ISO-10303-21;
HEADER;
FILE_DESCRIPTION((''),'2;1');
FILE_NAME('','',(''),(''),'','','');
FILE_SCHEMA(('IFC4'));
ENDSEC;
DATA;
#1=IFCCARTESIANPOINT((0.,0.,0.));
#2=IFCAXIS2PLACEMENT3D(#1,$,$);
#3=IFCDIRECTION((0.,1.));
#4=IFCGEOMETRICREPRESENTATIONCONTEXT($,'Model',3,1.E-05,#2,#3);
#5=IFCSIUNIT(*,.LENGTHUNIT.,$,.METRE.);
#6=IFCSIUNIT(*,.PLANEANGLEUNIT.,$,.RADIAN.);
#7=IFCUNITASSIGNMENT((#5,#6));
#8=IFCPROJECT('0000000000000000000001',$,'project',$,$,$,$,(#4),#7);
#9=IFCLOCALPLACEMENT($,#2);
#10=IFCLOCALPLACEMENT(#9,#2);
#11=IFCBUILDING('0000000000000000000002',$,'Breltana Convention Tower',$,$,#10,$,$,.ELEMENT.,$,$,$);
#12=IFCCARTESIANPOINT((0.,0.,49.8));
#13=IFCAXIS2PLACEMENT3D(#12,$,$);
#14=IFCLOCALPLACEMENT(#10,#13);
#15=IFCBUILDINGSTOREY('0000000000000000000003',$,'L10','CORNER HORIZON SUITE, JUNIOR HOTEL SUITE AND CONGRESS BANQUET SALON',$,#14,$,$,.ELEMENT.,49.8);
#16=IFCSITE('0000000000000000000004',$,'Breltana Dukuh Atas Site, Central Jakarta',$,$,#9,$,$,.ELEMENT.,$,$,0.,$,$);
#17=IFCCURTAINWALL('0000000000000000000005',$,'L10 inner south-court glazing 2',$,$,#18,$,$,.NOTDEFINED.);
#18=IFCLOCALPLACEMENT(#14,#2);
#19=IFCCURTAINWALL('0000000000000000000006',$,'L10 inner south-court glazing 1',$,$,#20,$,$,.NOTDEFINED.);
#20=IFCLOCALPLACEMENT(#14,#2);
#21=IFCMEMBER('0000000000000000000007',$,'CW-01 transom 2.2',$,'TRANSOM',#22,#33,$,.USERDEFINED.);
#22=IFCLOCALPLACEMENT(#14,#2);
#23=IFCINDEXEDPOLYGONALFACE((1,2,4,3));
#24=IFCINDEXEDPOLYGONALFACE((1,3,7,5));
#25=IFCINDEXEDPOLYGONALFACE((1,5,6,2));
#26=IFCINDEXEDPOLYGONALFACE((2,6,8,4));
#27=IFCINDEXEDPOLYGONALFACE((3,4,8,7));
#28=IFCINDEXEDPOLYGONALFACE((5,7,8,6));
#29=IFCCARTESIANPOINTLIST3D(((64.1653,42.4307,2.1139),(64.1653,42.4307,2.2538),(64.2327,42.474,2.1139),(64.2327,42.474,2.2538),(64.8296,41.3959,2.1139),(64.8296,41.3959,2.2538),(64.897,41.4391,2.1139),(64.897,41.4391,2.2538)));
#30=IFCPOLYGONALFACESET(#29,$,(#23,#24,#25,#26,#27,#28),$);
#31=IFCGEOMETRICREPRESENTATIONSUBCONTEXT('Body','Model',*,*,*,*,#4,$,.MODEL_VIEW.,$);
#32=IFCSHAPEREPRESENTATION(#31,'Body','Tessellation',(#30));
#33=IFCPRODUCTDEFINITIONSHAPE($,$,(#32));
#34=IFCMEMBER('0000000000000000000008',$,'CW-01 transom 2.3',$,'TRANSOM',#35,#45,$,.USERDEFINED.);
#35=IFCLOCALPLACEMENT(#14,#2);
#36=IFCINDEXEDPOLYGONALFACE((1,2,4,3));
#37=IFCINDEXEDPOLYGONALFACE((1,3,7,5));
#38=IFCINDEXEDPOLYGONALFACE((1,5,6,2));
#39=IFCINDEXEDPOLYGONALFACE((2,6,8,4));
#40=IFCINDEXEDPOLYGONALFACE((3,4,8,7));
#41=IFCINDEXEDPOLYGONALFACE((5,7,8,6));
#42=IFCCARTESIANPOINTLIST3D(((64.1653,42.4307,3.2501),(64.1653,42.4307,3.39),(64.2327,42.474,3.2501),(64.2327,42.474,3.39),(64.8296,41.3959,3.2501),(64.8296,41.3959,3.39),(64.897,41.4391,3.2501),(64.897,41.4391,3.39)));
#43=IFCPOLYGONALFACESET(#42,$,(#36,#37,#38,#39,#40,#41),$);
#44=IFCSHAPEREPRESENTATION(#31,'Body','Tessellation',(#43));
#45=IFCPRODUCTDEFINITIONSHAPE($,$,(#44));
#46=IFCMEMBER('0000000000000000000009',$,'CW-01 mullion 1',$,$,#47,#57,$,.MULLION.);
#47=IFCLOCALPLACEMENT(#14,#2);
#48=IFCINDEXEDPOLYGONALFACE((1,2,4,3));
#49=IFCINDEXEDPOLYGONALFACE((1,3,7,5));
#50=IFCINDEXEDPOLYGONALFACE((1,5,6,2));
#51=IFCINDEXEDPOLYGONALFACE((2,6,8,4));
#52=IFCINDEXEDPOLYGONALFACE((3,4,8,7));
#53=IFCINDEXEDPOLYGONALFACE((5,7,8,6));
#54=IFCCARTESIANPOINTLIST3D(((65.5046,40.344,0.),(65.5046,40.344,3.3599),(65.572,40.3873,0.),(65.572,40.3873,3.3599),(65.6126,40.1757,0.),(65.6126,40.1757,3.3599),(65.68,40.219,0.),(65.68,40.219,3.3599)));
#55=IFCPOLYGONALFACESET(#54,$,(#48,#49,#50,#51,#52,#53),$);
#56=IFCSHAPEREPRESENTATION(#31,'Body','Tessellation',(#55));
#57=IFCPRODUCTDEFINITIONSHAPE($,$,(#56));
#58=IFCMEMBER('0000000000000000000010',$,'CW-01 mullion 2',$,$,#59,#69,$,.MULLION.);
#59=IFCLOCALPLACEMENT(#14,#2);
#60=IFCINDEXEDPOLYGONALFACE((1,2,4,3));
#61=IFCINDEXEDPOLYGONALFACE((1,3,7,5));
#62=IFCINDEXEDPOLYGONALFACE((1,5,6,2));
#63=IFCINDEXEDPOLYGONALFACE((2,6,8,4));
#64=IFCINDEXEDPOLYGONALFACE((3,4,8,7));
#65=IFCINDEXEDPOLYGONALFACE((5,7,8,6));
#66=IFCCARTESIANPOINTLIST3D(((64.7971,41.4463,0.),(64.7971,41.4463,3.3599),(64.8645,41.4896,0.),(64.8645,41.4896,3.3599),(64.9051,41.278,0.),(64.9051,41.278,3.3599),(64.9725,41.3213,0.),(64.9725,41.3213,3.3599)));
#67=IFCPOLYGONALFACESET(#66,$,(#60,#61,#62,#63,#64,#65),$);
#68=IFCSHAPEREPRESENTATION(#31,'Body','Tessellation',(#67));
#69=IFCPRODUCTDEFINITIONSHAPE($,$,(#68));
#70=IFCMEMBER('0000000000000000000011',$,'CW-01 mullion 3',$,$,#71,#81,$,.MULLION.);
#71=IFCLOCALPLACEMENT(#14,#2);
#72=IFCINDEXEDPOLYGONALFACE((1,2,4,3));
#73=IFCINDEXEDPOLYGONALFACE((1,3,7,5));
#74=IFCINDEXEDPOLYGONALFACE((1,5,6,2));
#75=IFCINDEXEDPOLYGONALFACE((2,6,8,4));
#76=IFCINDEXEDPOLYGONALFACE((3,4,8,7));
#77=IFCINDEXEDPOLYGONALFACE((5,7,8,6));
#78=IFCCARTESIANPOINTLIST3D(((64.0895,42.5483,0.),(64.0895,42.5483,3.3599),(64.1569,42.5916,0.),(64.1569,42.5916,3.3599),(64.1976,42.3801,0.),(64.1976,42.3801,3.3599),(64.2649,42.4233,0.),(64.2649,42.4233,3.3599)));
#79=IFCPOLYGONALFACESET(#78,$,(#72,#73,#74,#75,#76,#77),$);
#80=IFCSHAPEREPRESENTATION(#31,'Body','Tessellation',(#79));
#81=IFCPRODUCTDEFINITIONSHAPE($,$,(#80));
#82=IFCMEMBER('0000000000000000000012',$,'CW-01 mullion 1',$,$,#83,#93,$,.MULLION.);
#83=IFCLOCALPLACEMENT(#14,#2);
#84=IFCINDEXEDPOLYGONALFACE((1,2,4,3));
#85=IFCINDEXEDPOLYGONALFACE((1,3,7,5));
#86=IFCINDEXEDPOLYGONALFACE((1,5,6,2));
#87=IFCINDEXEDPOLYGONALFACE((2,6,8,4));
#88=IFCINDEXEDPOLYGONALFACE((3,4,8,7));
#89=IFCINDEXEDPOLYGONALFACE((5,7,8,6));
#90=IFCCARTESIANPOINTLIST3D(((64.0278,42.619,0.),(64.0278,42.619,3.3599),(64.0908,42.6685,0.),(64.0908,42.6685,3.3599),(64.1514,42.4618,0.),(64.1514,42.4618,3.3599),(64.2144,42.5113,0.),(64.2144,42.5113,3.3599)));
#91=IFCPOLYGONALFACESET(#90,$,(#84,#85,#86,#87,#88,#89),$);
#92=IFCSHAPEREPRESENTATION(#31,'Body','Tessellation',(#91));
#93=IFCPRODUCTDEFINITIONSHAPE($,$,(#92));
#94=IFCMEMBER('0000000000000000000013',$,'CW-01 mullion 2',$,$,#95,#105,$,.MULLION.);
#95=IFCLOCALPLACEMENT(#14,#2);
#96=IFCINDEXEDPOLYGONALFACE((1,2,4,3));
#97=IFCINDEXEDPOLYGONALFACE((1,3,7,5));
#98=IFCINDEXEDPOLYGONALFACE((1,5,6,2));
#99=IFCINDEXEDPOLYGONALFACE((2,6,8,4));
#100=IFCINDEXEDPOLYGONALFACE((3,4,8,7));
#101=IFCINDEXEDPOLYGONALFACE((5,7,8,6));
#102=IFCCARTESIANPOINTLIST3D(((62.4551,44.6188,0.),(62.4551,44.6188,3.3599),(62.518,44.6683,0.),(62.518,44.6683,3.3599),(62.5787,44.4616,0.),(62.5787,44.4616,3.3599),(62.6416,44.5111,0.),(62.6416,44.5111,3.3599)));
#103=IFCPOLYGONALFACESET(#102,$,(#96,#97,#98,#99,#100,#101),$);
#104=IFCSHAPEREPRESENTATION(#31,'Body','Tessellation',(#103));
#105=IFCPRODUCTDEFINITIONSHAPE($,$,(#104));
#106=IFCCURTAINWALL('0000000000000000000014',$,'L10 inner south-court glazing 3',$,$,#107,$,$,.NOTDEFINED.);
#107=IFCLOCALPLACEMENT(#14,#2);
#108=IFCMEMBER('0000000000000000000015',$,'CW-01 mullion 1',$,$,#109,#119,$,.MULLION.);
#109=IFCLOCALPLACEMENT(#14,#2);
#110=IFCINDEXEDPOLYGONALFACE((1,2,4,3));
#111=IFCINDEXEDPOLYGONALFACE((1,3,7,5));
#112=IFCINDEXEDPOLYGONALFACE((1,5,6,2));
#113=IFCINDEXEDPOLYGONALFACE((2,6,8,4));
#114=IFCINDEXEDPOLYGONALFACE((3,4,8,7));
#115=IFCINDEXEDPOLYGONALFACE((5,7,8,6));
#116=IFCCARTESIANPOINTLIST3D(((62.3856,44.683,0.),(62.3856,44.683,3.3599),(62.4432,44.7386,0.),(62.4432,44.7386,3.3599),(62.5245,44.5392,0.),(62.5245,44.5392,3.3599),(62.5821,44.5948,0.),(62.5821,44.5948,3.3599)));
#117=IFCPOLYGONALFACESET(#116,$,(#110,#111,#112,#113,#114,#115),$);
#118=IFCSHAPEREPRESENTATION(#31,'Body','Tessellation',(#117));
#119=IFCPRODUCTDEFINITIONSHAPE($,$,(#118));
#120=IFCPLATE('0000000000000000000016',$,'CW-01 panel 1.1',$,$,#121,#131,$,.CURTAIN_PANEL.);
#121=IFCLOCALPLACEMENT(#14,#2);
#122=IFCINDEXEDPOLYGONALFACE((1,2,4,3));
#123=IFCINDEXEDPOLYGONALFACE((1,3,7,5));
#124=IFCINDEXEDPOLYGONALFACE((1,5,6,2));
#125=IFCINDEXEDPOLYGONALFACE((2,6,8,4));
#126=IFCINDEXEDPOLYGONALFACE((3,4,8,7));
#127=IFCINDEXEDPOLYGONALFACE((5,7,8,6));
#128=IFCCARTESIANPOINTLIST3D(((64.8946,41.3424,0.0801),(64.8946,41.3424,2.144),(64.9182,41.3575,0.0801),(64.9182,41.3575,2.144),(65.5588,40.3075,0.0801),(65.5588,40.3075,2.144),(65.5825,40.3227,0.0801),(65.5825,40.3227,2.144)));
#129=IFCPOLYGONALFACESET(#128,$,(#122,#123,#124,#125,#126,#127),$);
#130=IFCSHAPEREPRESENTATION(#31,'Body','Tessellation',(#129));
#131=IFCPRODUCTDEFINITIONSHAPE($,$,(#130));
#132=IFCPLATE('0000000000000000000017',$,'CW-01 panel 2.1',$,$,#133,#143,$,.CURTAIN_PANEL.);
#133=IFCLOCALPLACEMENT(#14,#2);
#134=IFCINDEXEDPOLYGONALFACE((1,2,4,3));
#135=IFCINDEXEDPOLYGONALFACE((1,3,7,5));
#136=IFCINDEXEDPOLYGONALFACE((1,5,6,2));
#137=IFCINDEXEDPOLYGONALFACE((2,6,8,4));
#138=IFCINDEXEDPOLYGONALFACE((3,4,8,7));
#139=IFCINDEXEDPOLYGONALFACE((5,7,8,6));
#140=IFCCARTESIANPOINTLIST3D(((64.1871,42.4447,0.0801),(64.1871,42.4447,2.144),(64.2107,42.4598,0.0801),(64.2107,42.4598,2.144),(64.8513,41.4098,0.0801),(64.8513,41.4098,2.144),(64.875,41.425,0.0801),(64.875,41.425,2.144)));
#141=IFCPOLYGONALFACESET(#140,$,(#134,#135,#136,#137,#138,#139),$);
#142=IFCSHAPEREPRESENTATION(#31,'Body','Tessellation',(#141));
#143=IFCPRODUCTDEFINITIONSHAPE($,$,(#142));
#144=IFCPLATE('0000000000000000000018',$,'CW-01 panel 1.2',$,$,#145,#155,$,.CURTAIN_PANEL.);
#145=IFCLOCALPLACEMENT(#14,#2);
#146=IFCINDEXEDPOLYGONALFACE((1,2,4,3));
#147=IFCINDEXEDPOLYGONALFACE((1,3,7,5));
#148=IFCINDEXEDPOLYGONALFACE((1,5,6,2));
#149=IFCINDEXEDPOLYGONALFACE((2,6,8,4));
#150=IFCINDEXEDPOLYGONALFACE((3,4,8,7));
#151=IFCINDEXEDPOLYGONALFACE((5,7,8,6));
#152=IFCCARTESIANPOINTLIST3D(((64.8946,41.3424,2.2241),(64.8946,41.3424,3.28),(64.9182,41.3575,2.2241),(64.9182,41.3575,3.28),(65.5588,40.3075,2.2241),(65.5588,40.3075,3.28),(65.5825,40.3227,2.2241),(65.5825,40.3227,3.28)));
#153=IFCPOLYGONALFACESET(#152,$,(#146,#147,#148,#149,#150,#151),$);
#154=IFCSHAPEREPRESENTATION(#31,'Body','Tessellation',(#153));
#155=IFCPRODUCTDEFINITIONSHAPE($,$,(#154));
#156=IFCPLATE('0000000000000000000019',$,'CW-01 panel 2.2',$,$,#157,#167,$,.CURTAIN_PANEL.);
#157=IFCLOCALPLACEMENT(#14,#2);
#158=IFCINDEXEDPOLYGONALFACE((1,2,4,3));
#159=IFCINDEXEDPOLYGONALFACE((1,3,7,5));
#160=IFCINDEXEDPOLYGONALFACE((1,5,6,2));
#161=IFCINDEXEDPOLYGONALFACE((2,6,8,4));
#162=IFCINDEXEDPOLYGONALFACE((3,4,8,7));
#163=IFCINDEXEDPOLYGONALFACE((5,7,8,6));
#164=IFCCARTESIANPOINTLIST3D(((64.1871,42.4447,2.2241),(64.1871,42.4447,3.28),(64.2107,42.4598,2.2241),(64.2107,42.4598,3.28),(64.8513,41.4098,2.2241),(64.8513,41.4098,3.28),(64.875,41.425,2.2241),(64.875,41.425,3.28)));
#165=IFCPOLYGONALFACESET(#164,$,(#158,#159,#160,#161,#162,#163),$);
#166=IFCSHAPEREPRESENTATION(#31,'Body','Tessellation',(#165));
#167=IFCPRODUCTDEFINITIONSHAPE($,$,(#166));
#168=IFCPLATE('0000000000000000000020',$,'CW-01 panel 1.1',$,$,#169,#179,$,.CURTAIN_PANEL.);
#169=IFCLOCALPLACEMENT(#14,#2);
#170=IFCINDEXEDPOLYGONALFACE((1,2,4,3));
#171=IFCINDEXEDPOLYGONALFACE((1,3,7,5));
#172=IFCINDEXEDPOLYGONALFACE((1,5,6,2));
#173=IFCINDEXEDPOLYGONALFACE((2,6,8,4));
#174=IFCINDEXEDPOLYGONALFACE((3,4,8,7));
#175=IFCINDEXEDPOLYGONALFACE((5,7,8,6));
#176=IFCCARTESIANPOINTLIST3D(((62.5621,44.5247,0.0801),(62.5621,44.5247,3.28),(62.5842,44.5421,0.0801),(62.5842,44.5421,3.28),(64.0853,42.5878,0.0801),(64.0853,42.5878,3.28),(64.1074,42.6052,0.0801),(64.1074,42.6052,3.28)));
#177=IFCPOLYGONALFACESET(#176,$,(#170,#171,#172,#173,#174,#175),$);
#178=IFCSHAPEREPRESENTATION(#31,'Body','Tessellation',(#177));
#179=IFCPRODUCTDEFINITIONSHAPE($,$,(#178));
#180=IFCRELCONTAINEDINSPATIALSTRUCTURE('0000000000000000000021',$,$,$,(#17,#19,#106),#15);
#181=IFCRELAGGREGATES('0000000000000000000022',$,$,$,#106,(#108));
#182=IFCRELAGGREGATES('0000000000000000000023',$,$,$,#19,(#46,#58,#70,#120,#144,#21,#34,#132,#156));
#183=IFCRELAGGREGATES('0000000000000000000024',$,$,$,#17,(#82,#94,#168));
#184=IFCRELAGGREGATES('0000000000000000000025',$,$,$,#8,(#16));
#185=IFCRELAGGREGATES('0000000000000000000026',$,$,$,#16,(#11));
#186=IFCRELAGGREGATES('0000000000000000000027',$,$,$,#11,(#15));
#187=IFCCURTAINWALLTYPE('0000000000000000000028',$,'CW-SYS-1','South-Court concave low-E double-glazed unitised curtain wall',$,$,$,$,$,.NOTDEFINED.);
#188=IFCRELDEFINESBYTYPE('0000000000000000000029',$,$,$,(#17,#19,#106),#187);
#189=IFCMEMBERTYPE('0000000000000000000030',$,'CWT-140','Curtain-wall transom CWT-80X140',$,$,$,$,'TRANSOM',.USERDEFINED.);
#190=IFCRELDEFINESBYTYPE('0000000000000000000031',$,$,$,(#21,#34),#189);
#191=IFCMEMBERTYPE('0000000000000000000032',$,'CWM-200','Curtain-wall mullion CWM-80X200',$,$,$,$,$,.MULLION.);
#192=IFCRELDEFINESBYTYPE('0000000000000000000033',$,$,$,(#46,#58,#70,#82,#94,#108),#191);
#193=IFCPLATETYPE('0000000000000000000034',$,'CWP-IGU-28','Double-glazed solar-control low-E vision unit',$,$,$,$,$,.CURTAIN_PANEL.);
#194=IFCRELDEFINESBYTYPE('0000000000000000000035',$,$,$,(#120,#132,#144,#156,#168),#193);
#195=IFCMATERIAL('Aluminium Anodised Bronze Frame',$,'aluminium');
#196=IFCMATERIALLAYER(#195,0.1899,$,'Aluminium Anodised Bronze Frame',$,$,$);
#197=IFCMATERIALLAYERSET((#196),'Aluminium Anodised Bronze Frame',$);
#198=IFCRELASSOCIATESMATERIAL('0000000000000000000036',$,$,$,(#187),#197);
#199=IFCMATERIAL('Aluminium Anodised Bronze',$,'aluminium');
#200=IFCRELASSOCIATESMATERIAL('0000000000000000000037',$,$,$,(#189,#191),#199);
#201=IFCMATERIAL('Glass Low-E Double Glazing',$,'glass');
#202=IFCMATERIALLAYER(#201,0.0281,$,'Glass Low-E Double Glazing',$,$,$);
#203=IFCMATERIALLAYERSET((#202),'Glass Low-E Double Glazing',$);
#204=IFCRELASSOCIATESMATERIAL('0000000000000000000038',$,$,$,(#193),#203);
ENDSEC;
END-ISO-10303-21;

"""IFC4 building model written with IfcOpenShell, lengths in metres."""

from ifc_helpers import new_model, si_unit, direction, frame, origin, origin_2d, place, context, subcontext, project, spatial, rectangle, extrude, source, transform, mapped, material, layer, layer_set, material_profile, profile_set, type_object, element, aggregate, save


model = new_model("IFC4")

# Units and contexts
model_context = context("Model", 3, precision=1e-05, world=origin(), true_north=direction((0.0, 1.0)))
body_context = subcontext(model_context, "Body", "Model", "MODEL_VIEW")
ifc_project = project(units=[si_unit("LENGTHUNIT", "METRE"), si_unit("PLANEANGLEUNIT", "RADIAN")], contexts=[model_context])

# Site, building, storey
site_placement = place(None, origin())
site = spatial("IfcSite", under=ifc_project, at=site_placement, Name="Breltana Dukuh Atas Site, Central Jakarta", CompositionType="ELEMENT", RefElevation=0.0)
building_placement = place(site_placement, origin())
building = spatial("IfcBuilding", under=site, at=building_placement, Name="Breltana Convention Tower", CompositionType="ELEMENT")
storey_placement = place(building_placement, frame((0.0, 0.0, 49.8)))
storey = spatial("IfcBuildingStorey", under=building, at=storey_placement, Name="L10", Description="CORNER HORIZON SUITE, JUNIOR HOTEL SUITE AND CONGRESS BANQUET SALON", CompositionType="ELEMENT", Elevation=49.8)

# Curtain walls, members
ifc_material_1 = material(Name="Aluminium Anodised Bronze Frame", Category="aluminium")
ifc_layer_1 = layer(ifc_material_1, 0.1899, Name="Aluminium Anodised Bronze Frame")
ifc_layer_set_1 = layer_set([ifc_layer_1], Name="Aluminium Anodised Bronze Frame")
curtain_wall_type = type_object("IfcCurtainWallType", Name="CW-SYS-1", Description="South-Court concave low-E double-glazed unitised curtain wall", PredefinedType="NOTDEFINED", material=ifc_layer_set_1)
curtain_wall_1_placement = place(storey_placement, origin())
curtain_wall_1 = element("IfcCurtainWall", 1, at=curtain_wall_1_placement, inside=storey, type_object=curtain_wall_type, Name="L10 inner south-court glazing 2", PredefinedType="NOTDEFINED")
ifc_material_2 = material(Name="Aluminium Anodised Bronze", Category="aluminium")
ifc_material_profile_1 = material_profile(ifc_material_2, rectangle(XDim=0.0801, YDim=0.1399, at=origin_2d()), Name="CWT-80X140")
ifc_profile_set_1 = profile_set([ifc_material_profile_1], Name="Aluminium Anodised Bronze")
member_type_1 = type_object("IfcMemberType", Name="CWT-140", Description="Curtain-wall transom CWT-80X140", ElementType="TRANSOM", PredefinedType="USERDEFINED", material=ifc_profile_set_1)
curtain_wall_2_placement = place(storey_placement, origin())
curtain_wall_2 = element("IfcCurtainWall", 2, at=curtain_wall_2_placement, inside=storey, type_object=curtain_wall_type, Name="L10 inner south-court glazing 1", PredefinedType="NOTDEFINED")
shared_shape_1 = source(origin(), body_context, "Body", "SweptSolid", [
    extrude(rectangle(XDim=0.0801, YDim=0.1399, at=origin_2d()), origin(), (0.0, 0.0, 1.0), 1.2297),
])
member_1_placement = place(storey_placement, frame((64.8633, 41.4175, 2.1838), z_axis=(-0.540186, 0.841546, 0.0), x_axis=(-0.841546, -0.540186, 0.0)))
member_1 = element("IfcMember", 3, at=member_1_placement, type_object=member_type_1, Name="CW-01 transom 2.2", ObjectType="TRANSOM", PredefinedType="USERDEFINED", context=body_context, shape_type="MappedRepresentation", body=[
    mapped(shared_shape_1, transform((0.0, 0.0, 0.0), scale=1.0)),
])
member_2_placement = place(storey_placement, frame((64.8633, 41.4175, 3.3201), z_axis=(-0.540186, 0.841546, 0.0), x_axis=(-0.841546, -0.540186, 0.0)))
member_2 = element("IfcMember", 4, at=member_2_placement, type_object=member_type_1, Name="CW-01 transom 2.3", ObjectType="TRANSOM", PredefinedType="USERDEFINED", context=body_context, shape_type="MappedRepresentation", body=[
    mapped(shared_shape_1, transform((0.0, 0.0, 0.0), scale=1.0)),
])
ifc_material_profile_2 = material_profile(ifc_material_2, rectangle(XDim=0.0801, YDim=0.2, at=origin_2d()), Name="CWM-80X200")
ifc_profile_set_2 = profile_set([ifc_material_profile_2], Name="Aluminium Anodised Bronze")
member_type_2 = type_object("IfcMemberType", Name="CWM-200", Description="Curtain-wall mullion CWM-80X200", PredefinedType="MULLION", material=ifc_profile_set_2)
shared_shape_2 = source(origin(), body_context, "Body", "SweptSolid", [
    extrude(rectangle(XDim=0.0801, YDim=0.2, at=origin_2d()), origin(), (0.0, 0.0, 1.0), 3.3599),
])
member_3_placement = place(storey_placement, frame((65.5923, 40.2815, 0.0), z_axis=(0.0, 0.0, 1.0), x_axis=(-0.841556, -0.54017, 0.0)))
member_3 = element("IfcMember", 5, at=member_3_placement, type_object=member_type_2, Name="CW-01 mullion 1", PredefinedType="MULLION", context=body_context, shape_type="MappedRepresentation", body=[
    mapped(shared_shape_2, transform((0.0, 0.0, 0.0), scale=1.0)),
])
member_4_placement = place(storey_placement, frame((64.8848, 41.3838, 0.0), z_axis=(0.0, 0.0, 1.0), x_axis=(-0.841556, -0.54017, 0.0)))
member_4 = element("IfcMember", 6, at=member_4_placement, type_object=member_type_2, Name="CW-01 mullion 2", PredefinedType="MULLION", context=body_context, shape_type="MappedRepresentation", body=[
    mapped(shared_shape_2, transform((0.0, 0.0, 0.0), scale=1.0)),
])
member_5_placement = place(storey_placement, frame((64.1772, 42.4858, 0.0), z_axis=(0.0, 0.0, 1.0), x_axis=(-0.841556, -0.54017, 0.0)))
member_5 = element("IfcMember", 7, at=member_5_placement, type_object=member_type_2, Name="CW-01 mullion 3", PredefinedType="MULLION", context=body_context, shape_type="MappedRepresentation", body=[
    mapped(shared_shape_2, transform((0.0, 0.0, 0.0), scale=1.0)),
])

# Members
member_6_placement = place(storey_placement, frame((64.1211, 42.5652, 0.0), z_axis=(0.0, 0.0, 1.0), x_axis=(-0.786058, -0.618153, 0.0)))
member_6 = element("IfcMember", 8, at=member_6_placement, type_object=member_type_2, Name="CW-01 mullion 1", PredefinedType="MULLION", context=body_context, shape_type="MappedRepresentation", body=[
    mapped(shared_shape_2, transform((0.0, 0.0, 0.0), scale=1.0)),
])
member_7_placement = place(storey_placement, frame((62.5483, 44.5649, 0.0), z_axis=(0.0, 0.0, 1.0), x_axis=(-0.786058, -0.618153, 0.0)))
member_7 = element("IfcMember", 9, at=member_7_placement, type_object=member_type_2, Name="CW-01 mullion 2", PredefinedType="MULLION", context=body_context, shape_type="MappedRepresentation", body=[
    mapped(shared_shape_2, transform((0.0, 0.0, 0.0), scale=1.0)),
])

# Curtain wall, member
curtain_wall_3_placement = place(storey_placement, origin())
curtain_wall_3 = element("IfcCurtainWall", 10, at=curtain_wall_3_placement, inside=storey, type_object=curtain_wall_type, Name="L10 inner south-court glazing 3", PredefinedType="NOTDEFINED")
member_8_placement = place(storey_placement, frame((62.4839, 44.6389, 0.0), z_axis=(0.0, 0.0, 1.0), x_axis=(-0.719385, -0.694612, 0.0)))
member_8 = element("IfcMember", 11, at=member_8_placement, type_object=member_type_2, Name="CW-01 mullion 1", PredefinedType="MULLION", context=body_context, shape_type="MappedRepresentation", body=[
    mapped(shared_shape_2, transform((0.0, 0.0, 0.0), scale=1.0)),
])
aggregate(curtain_wall_3, [member_8])

# Plates
ifc_material_3 = material(Name="Glass Low-E Double Glazing", Category="glass")
ifc_layer_2 = layer(ifc_material_3, 0.0281, Name="Glass Low-E Double Glazing")
ifc_layer_set_2 = layer_set([ifc_layer_2], Name="Glass Low-E Double Glazing")
plate_type = type_object("IfcPlateType", Name="CWP-IGU-28", Description="Double-glazed solar-control low-E vision unit", PredefinedType="CURTAIN_PANEL", material=ifc_layer_set_2)
shared_shape_3 = source(origin(), body_context, "Body", "SweptSolid", [
    extrude(rectangle(XDim=1.2297, YDim=0.0281, at=origin_2d()), origin(), (0.0, 0.0, 1.0), 2.064),
])
plate_1_placement = place(storey_placement, frame((65.2385, 40.8325, 0.0801), z_axis=(0.0, 0.0, 1.0), x_axis=(-0.54017, 0.841556, 0.0)))
plate_1 = element("IfcPlate", 12, at=plate_1_placement, type_object=plate_type, Name="CW-01 panel 1.1", PredefinedType="CURTAIN_PANEL", context=body_context, shape_type="MappedRepresentation", body=[
    mapped(shared_shape_3, transform((0.0, 0.0, 0.0), scale=1.0)),
])
plate_2_placement = place(storey_placement, frame((64.531, 41.9348, 0.0801), z_axis=(0.0, 0.0, 1.0), x_axis=(-0.54017, 0.841556, 0.0)))
plate_2 = element("IfcPlate", 13, at=plate_2_placement, type_object=plate_type, Name="CW-01 panel 2.1", PredefinedType="CURTAIN_PANEL", context=body_context, shape_type="MappedRepresentation", body=[
    mapped(shared_shape_3, transform((0.0, 0.0, 0.0), scale=1.0)),
])
shared_shape_4 = source(origin(), body_context, "Body", "SweptSolid", [
    extrude(rectangle(XDim=1.2297, YDim=0.0281, at=origin_2d()), origin(), (0.0, 0.0, 1.0), 1.0559),
])
plate_3_placement = place(storey_placement, frame((65.2385, 40.8325, 2.2241), z_axis=(0.0, 0.0, 1.0), x_axis=(-0.54017, 0.841556, 0.0)))
plate_3 = element("IfcPlate", 14, at=plate_3_placement, type_object=plate_type, Name="CW-01 panel 1.2", PredefinedType="CURTAIN_PANEL", context=body_context, shape_type="MappedRepresentation", body=[
    mapped(shared_shape_4, transform((0.0, 0.0, 0.0), scale=1.0)),
])
plate_4_placement = place(storey_placement, frame((64.531, 41.9348, 2.2241), z_axis=(0.0, 0.0, 1.0), x_axis=(-0.54017, 0.841556, 0.0)))
plate_4 = element("IfcPlate", 15, at=plate_4_placement, type_object=plate_type, Name="CW-01 panel 2.2", PredefinedType="CURTAIN_PANEL", context=body_context, shape_type="MappedRepresentation", body=[
    mapped(shared_shape_4, transform((0.0, 0.0, 0.0), scale=1.0)),
])
aggregate(curtain_wall_2, [member_3, member_4, member_5, plate_1, plate_3, member_1, member_2, plate_2, plate_4])
shared_shape_5 = source(origin(), body_context, "Body", "SweptSolid", [
    extrude(rectangle(XDim=2.4641, YDim=0.0281, at=origin_2d()), origin(), (0.0, 0.0, 1.0), 3.2),
])
plate_5_placement = place(storey_placement, frame((63.3347, 43.5649, 0.0801), z_axis=(0.0, 0.0, 1.0), x_axis=(-0.618153, 0.786058, 0.0)))
plate_5 = element("IfcPlate", 16, at=plate_5_placement, type_object=plate_type, Name="CW-01 panel 1.1", PredefinedType="CURTAIN_PANEL", context=body_context, shape_type="MappedRepresentation", body=[
    mapped(shared_shape_5, transform((0.0, 0.0, 0.0), scale=1.0)),
])
aggregate(curtain_wall_1, [member_6, member_7, plate_5])

save(model, "model.ifc")
